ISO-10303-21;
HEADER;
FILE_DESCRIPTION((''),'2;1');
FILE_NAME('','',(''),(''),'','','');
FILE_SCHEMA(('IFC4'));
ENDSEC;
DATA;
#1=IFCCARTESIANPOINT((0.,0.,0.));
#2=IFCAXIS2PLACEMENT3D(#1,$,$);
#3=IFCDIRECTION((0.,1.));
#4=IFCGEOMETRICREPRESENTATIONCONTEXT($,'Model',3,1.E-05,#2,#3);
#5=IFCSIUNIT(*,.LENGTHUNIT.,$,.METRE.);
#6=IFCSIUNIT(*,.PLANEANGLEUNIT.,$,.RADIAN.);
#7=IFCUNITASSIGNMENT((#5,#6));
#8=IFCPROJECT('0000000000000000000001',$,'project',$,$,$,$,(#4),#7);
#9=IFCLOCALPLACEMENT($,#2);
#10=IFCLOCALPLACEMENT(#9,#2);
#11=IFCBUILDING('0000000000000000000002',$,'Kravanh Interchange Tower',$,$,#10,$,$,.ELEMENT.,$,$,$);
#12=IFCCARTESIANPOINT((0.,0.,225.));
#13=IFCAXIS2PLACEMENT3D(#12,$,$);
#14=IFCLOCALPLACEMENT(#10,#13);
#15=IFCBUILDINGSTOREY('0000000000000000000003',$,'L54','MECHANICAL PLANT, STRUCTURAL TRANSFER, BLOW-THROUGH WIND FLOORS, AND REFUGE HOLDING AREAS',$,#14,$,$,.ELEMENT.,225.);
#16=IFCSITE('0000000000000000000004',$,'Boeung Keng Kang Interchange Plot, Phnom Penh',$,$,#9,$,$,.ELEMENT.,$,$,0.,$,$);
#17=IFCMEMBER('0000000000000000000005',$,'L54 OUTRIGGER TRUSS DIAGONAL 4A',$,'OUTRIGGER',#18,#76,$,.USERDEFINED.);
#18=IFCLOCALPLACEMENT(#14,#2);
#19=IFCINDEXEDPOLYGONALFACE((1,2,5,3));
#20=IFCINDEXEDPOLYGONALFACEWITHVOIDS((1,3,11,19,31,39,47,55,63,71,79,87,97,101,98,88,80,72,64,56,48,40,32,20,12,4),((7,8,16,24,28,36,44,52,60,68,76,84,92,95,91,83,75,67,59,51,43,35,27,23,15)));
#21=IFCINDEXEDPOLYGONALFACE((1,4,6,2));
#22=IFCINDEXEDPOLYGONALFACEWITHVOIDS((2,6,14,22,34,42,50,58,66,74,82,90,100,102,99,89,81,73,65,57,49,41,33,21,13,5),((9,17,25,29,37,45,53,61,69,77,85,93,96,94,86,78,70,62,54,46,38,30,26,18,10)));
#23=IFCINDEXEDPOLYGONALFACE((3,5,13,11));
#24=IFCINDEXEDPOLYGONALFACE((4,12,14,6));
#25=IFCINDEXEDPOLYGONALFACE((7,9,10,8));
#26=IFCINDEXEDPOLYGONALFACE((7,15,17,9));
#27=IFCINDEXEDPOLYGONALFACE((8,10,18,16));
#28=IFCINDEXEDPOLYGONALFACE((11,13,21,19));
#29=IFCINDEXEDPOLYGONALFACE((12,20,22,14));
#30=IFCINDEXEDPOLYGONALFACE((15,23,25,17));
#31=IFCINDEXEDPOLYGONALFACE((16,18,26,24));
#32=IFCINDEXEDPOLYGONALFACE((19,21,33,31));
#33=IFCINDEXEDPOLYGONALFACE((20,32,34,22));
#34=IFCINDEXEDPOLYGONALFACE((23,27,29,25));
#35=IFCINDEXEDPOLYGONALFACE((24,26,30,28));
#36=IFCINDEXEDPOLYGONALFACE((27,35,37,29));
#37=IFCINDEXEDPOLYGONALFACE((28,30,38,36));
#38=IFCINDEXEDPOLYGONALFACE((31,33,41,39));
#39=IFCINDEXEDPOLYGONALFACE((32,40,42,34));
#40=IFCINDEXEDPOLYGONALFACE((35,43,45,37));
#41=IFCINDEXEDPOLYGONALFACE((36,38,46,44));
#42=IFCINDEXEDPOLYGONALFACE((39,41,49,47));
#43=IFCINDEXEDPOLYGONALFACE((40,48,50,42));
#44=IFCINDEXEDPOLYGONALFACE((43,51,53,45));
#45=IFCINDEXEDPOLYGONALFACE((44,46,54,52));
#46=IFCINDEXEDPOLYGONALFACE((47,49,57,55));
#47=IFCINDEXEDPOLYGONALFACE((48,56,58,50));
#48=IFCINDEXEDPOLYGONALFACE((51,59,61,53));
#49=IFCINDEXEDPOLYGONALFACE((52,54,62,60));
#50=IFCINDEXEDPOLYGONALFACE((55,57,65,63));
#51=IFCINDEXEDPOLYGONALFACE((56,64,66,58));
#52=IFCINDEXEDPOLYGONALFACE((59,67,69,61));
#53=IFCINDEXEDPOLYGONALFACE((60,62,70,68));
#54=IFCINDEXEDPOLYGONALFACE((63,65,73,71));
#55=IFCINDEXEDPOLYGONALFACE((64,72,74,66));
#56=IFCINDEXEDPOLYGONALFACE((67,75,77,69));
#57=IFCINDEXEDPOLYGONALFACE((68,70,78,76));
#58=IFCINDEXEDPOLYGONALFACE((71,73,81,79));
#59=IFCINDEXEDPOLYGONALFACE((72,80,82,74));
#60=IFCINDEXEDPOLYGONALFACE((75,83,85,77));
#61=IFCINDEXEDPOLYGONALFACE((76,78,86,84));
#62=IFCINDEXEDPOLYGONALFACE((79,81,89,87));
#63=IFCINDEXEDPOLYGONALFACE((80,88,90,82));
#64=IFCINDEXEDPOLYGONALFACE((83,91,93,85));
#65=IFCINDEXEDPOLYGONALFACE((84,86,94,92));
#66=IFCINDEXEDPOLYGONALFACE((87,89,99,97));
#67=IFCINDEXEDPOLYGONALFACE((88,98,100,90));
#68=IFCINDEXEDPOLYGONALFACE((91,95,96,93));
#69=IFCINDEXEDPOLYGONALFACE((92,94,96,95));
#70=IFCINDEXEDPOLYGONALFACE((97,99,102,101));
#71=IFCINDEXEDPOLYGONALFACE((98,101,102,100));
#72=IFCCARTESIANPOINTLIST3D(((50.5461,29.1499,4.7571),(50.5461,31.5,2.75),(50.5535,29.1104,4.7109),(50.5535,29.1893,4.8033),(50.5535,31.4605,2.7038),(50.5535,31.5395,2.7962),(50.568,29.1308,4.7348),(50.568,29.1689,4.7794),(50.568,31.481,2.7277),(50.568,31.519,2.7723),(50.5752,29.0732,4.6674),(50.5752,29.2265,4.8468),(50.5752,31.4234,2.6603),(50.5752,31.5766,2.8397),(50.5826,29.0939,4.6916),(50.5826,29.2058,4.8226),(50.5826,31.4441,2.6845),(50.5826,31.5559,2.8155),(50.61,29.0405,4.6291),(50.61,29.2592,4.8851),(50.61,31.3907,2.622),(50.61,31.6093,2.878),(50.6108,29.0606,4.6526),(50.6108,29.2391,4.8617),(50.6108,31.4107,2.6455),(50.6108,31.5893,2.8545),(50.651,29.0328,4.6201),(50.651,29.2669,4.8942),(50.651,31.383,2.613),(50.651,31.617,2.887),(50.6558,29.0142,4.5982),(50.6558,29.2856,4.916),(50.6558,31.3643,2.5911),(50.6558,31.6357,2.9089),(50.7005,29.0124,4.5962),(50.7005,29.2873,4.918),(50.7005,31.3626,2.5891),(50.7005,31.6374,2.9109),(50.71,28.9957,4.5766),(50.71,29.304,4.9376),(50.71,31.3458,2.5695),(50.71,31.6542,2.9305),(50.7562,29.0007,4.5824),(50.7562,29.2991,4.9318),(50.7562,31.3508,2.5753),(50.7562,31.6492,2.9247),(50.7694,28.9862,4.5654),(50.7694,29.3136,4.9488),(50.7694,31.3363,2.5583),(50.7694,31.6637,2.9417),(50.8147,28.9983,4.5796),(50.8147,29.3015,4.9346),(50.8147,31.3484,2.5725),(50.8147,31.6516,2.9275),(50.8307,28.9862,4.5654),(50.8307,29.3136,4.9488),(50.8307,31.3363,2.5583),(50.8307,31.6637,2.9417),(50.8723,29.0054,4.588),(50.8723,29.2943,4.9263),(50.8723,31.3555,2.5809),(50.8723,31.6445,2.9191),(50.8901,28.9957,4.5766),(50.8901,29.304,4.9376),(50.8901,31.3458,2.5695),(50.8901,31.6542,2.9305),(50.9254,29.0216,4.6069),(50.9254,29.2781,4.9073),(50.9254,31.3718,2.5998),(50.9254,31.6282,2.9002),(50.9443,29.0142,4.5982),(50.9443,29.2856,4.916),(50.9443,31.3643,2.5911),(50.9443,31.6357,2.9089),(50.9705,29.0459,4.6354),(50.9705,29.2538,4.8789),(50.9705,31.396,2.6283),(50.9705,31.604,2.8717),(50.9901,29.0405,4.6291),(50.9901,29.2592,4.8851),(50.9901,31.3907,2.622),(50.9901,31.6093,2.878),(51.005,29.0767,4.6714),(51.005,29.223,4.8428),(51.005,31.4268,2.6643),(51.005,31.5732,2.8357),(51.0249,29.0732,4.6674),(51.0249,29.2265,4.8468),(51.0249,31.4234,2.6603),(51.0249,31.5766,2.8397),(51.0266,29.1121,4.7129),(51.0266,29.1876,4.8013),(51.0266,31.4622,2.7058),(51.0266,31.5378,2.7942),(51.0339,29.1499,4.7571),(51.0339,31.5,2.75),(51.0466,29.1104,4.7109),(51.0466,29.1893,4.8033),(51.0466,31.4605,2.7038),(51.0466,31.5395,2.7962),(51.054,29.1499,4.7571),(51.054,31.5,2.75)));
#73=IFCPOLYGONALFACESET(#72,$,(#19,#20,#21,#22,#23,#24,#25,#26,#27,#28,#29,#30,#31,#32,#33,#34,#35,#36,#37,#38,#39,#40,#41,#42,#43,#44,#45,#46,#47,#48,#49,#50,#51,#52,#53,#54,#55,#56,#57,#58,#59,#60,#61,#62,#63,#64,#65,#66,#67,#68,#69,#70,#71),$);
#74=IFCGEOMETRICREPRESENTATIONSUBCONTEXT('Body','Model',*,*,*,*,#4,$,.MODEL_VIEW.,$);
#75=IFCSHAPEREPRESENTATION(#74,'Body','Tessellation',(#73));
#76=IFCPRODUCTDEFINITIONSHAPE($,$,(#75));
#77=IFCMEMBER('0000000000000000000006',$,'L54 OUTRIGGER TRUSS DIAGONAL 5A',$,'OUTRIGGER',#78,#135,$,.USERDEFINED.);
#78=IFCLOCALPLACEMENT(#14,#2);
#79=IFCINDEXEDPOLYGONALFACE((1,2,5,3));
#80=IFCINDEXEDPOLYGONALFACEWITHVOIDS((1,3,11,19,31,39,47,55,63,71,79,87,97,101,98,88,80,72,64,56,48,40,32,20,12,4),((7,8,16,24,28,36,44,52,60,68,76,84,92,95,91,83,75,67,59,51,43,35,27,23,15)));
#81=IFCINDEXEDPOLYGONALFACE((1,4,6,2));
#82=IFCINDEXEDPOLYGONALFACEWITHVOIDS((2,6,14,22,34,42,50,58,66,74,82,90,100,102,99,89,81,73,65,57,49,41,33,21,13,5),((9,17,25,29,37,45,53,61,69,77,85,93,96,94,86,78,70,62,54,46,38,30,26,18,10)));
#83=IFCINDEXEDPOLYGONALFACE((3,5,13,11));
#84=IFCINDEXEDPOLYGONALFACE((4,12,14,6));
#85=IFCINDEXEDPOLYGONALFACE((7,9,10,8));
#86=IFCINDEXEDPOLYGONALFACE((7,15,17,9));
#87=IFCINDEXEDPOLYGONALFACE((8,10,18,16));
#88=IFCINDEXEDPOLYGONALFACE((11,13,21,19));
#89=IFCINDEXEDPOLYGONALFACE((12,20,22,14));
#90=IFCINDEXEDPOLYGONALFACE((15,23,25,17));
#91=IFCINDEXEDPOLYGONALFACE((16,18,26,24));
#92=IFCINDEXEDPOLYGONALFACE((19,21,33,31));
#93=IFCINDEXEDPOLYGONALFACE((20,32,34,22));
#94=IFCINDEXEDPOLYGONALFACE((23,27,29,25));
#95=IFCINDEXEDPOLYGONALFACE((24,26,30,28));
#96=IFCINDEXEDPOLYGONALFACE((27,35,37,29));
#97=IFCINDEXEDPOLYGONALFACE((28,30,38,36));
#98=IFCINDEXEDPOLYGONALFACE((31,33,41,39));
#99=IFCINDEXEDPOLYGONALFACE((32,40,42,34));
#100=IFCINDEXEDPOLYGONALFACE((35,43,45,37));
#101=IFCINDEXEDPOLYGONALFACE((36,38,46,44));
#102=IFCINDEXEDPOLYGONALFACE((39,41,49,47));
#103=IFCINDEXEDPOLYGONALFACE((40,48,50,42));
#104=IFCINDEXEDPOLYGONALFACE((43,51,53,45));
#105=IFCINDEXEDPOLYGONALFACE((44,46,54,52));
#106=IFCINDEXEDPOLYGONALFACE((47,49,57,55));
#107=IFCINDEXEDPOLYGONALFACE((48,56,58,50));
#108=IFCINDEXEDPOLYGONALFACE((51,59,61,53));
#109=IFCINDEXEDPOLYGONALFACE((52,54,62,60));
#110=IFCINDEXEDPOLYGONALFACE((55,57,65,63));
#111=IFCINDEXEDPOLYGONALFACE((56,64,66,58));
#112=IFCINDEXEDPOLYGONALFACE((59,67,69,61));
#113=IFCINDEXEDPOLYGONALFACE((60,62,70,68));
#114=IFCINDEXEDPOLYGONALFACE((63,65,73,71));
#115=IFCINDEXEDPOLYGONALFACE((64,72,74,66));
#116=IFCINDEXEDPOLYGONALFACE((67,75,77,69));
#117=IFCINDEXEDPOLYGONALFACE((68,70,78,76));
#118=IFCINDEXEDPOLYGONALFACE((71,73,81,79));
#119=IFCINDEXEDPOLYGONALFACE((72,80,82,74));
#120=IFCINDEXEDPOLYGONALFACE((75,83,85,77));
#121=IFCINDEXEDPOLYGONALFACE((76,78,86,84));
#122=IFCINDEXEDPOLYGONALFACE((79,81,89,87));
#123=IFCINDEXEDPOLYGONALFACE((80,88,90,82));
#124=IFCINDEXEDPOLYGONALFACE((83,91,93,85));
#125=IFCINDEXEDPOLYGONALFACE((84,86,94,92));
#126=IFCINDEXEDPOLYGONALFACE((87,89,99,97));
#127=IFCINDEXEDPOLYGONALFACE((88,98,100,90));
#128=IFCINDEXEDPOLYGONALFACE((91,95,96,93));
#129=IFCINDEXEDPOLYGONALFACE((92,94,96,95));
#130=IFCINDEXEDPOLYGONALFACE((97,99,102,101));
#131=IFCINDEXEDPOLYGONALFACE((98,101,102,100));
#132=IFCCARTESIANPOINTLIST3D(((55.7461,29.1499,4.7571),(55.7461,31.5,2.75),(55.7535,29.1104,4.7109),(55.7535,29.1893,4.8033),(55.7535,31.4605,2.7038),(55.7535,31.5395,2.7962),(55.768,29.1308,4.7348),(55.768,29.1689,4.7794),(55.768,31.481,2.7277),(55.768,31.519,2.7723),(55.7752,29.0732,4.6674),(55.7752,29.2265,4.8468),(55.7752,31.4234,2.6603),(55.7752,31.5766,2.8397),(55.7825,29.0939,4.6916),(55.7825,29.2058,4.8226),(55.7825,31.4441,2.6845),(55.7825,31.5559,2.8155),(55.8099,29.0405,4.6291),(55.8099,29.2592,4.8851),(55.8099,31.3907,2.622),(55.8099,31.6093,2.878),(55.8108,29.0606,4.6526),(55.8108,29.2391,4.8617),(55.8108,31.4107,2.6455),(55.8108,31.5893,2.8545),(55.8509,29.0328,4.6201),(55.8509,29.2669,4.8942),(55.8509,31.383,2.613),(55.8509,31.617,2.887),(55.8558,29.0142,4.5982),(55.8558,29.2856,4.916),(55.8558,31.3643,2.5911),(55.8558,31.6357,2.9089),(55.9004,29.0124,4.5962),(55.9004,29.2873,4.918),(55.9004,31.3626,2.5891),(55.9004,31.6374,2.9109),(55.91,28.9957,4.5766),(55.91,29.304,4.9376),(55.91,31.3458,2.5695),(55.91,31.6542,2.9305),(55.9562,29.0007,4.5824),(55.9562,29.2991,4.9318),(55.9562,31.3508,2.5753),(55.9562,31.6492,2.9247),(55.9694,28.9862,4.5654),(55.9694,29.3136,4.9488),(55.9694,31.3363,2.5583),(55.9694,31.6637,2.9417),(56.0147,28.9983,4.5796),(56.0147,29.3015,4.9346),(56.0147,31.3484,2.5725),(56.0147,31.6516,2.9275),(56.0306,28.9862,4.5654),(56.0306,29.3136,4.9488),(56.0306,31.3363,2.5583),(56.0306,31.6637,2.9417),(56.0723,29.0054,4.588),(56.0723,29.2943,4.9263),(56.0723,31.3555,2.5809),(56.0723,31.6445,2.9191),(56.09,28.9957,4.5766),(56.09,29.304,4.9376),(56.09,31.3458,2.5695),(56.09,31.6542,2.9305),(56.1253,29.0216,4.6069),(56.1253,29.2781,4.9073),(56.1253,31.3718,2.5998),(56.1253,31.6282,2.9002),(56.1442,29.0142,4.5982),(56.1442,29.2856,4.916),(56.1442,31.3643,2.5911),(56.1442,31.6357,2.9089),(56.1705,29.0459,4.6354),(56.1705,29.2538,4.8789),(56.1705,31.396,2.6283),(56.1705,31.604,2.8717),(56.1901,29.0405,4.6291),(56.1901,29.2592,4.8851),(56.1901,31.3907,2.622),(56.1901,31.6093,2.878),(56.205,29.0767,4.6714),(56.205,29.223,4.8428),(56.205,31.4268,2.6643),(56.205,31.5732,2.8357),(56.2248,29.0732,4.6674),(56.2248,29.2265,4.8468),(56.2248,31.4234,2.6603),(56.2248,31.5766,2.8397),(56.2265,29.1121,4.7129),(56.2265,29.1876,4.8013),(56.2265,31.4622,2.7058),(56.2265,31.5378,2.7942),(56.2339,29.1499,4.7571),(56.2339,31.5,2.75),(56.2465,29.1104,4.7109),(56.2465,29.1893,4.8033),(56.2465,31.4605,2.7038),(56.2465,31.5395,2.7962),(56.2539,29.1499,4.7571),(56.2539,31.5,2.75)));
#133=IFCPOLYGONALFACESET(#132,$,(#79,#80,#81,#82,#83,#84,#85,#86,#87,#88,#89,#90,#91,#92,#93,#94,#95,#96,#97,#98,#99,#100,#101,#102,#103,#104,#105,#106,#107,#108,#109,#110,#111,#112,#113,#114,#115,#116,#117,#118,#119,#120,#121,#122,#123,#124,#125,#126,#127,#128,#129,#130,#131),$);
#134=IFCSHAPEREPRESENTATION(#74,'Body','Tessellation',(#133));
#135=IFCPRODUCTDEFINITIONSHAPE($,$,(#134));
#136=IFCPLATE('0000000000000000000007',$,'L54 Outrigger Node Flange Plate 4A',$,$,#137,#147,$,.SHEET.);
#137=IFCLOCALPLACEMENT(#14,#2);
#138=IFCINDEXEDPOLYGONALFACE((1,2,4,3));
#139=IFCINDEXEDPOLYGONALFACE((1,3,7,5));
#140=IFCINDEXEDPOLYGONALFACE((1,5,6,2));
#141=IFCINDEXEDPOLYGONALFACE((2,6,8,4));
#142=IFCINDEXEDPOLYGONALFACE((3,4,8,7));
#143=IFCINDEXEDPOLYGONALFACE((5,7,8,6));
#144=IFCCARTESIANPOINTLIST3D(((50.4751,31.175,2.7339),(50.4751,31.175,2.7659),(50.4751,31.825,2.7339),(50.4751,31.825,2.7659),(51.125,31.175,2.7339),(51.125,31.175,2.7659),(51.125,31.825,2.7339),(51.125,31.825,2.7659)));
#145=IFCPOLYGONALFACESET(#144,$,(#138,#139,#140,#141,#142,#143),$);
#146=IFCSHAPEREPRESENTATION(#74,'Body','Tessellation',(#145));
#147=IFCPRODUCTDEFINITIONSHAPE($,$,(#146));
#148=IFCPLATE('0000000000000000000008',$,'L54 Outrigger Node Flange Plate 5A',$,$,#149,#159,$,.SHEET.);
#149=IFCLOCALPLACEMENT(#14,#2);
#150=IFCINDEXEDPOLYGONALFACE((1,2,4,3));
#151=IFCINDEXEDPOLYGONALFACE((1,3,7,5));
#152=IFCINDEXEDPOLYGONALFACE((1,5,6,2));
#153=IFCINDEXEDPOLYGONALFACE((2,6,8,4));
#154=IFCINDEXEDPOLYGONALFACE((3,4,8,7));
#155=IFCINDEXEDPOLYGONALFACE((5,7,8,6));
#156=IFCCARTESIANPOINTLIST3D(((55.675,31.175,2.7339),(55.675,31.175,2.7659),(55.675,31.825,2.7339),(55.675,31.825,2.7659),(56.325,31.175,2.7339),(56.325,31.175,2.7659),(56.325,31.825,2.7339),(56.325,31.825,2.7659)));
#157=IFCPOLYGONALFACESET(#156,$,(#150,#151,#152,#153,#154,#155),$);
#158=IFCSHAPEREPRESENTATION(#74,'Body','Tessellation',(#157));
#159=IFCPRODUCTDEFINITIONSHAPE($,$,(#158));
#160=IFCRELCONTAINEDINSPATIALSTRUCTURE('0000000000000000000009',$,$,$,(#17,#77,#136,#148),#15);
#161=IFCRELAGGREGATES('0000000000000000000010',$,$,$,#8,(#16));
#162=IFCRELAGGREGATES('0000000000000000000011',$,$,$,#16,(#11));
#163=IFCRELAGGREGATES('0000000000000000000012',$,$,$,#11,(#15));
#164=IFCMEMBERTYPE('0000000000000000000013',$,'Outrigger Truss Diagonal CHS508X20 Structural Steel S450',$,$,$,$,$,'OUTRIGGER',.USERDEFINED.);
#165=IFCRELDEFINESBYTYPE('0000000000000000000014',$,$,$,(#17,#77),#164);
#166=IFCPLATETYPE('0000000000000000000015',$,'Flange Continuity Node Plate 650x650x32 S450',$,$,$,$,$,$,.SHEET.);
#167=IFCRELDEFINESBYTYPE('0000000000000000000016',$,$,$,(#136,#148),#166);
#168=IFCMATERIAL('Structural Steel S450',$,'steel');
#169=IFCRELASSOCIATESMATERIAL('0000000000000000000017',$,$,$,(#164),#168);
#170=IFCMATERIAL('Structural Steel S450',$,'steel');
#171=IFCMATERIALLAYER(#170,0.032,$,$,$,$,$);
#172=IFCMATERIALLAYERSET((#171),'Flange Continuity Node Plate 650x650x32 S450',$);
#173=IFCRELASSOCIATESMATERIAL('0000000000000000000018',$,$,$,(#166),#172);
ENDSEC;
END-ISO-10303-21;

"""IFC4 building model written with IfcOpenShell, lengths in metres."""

from ifc_helpers import new_model, si_unit, direction, frame, origin, origin_2d, place, context, subcontext, project, spatial, rectangle, hollow_circle, extrude, material, layer, layer_set, material_profile, profile_set, type_object, element, save


model = new_model("IFC4")

# Units and contexts
model_context = context("Model", 3, precision=1e-05, world=origin(), true_north=direction((0.0, 1.0)))
body_context = subcontext(model_context, "Body", "Model", "MODEL_VIEW")
ifc_project = project(units=[si_unit("LENGTHUNIT", "METRE"), si_unit("PLANEANGLEUNIT", "RADIAN")], contexts=[model_context])

# Site, building, storey
site_placement = place(None, origin())
site = spatial("IfcSite", under=ifc_project, at=site_placement, Name="Boeung Keng Kang Interchange Plot, Phnom Penh", CompositionType="ELEMENT", RefElevation=0.0)
building_placement = place(site_placement, origin())
building = spatial("IfcBuilding", under=site, at=building_placement, Name="Kravanh Interchange Tower", CompositionType="ELEMENT")
storey_placement = place(building_placement, frame((0.0, 0.0, 225.0)))
storey = spatial("IfcBuildingStorey", under=building, at=storey_placement, Name="L54", Description="MECHANICAL PLANT, STRUCTURAL TRANSFER, BLOW-THROUGH WIND FLOORS, AND REFUGE HOLDING AREAS", CompositionType="ELEMENT", Elevation=225.0)

# Members
ifc_material_1 = material(Name="Structural Steel S450", Category="steel")
ifc_material_profile_1 = material_profile(ifc_material_1, hollow_circle(Radius=0.2539, WallThickness=0.02, at=origin_2d()), Name="CHS508X20")
ifc_profile_set_1 = profile_set([ifc_material_profile_1], Name="Structural Steel S450")
member_type_1 = type_object("IfcMemberType", Name="Outrigger Truss Diagonal CHS508X20 Structural Steel S450", ElementType="OUTRIGGER", PredefinedType="USERDEFINED", material=ifc_profile_set_1)
for number, where, z_axis, x_axis, name in (
    (1, (50.8, 31.5, 2.75), (0.0, -0.760421, 0.649431), (1.0, 0.0, 0.0), "L54 OUTRIGGER TRUSS DIAGONAL 4A"),
    (2, (56.0, 31.5, 2.75), (0.0, -0.760421, 0.649431), (1.0, 0.0, 0.0), "L54 OUTRIGGER TRUSS DIAGONAL 5A"),
):
    element("IfcMember", number, at=place(storey_placement, frame(where, z_axis=z_axis, x_axis=x_axis)), inside=storey, type_object=member_type_1, Name=name, ObjectType="OUTRIGGER", PredefinedType="USERDEFINED", context=body_context, shape_type="SweptSolid", body=[
        extrude(hollow_circle(Radius=0.2539, WallThickness=0.02, at=origin_2d()), origin(), (0.0, 0.0, 1.0), 3.0906),
    ])

# Plates
ifc_material_2 = material(Name="Structural Steel S450", Category="steel")
ifc_layer = layer(ifc_material_2, 0.032)
ifc_layer_set = layer_set([ifc_layer], Name="Flange Continuity Node Plate 650x650x32 S450")
plate_type = type_object("IfcPlateType", Name="Flange Continuity Node Plate 650x650x32 S450", PredefinedType="SHEET", material=ifc_layer_set)
for number, where, z_axis, x_axis, name in (
    (3, (50.8, 31.5, 2.7339), (0.0, 0.0, 1.0), (1.0, 0.0, 0.0), "L54 Outrigger Node Flange Plate 4A"),
    (4, (56.0, 31.5, 2.7339), (0.0, 0.0, 1.0), (1.0, 0.0, 0.0), "L54 Outrigger Node Flange Plate 5A"),
):
    element("IfcPlate", number, at=place(storey_placement, frame(where, z_axis=z_axis, x_axis=x_axis)), inside=storey, type_object=plate_type, Name=name, PredefinedType="SHEET", context=body_context, shape_type="SweptSolid", body=[
        extrude(rectangle(XDim=0.6499, YDim=0.6499, at=origin_2d()), origin(), (0.0, 0.0, 1.0), 0.032),
    ])

save(model, "model.ifc")
